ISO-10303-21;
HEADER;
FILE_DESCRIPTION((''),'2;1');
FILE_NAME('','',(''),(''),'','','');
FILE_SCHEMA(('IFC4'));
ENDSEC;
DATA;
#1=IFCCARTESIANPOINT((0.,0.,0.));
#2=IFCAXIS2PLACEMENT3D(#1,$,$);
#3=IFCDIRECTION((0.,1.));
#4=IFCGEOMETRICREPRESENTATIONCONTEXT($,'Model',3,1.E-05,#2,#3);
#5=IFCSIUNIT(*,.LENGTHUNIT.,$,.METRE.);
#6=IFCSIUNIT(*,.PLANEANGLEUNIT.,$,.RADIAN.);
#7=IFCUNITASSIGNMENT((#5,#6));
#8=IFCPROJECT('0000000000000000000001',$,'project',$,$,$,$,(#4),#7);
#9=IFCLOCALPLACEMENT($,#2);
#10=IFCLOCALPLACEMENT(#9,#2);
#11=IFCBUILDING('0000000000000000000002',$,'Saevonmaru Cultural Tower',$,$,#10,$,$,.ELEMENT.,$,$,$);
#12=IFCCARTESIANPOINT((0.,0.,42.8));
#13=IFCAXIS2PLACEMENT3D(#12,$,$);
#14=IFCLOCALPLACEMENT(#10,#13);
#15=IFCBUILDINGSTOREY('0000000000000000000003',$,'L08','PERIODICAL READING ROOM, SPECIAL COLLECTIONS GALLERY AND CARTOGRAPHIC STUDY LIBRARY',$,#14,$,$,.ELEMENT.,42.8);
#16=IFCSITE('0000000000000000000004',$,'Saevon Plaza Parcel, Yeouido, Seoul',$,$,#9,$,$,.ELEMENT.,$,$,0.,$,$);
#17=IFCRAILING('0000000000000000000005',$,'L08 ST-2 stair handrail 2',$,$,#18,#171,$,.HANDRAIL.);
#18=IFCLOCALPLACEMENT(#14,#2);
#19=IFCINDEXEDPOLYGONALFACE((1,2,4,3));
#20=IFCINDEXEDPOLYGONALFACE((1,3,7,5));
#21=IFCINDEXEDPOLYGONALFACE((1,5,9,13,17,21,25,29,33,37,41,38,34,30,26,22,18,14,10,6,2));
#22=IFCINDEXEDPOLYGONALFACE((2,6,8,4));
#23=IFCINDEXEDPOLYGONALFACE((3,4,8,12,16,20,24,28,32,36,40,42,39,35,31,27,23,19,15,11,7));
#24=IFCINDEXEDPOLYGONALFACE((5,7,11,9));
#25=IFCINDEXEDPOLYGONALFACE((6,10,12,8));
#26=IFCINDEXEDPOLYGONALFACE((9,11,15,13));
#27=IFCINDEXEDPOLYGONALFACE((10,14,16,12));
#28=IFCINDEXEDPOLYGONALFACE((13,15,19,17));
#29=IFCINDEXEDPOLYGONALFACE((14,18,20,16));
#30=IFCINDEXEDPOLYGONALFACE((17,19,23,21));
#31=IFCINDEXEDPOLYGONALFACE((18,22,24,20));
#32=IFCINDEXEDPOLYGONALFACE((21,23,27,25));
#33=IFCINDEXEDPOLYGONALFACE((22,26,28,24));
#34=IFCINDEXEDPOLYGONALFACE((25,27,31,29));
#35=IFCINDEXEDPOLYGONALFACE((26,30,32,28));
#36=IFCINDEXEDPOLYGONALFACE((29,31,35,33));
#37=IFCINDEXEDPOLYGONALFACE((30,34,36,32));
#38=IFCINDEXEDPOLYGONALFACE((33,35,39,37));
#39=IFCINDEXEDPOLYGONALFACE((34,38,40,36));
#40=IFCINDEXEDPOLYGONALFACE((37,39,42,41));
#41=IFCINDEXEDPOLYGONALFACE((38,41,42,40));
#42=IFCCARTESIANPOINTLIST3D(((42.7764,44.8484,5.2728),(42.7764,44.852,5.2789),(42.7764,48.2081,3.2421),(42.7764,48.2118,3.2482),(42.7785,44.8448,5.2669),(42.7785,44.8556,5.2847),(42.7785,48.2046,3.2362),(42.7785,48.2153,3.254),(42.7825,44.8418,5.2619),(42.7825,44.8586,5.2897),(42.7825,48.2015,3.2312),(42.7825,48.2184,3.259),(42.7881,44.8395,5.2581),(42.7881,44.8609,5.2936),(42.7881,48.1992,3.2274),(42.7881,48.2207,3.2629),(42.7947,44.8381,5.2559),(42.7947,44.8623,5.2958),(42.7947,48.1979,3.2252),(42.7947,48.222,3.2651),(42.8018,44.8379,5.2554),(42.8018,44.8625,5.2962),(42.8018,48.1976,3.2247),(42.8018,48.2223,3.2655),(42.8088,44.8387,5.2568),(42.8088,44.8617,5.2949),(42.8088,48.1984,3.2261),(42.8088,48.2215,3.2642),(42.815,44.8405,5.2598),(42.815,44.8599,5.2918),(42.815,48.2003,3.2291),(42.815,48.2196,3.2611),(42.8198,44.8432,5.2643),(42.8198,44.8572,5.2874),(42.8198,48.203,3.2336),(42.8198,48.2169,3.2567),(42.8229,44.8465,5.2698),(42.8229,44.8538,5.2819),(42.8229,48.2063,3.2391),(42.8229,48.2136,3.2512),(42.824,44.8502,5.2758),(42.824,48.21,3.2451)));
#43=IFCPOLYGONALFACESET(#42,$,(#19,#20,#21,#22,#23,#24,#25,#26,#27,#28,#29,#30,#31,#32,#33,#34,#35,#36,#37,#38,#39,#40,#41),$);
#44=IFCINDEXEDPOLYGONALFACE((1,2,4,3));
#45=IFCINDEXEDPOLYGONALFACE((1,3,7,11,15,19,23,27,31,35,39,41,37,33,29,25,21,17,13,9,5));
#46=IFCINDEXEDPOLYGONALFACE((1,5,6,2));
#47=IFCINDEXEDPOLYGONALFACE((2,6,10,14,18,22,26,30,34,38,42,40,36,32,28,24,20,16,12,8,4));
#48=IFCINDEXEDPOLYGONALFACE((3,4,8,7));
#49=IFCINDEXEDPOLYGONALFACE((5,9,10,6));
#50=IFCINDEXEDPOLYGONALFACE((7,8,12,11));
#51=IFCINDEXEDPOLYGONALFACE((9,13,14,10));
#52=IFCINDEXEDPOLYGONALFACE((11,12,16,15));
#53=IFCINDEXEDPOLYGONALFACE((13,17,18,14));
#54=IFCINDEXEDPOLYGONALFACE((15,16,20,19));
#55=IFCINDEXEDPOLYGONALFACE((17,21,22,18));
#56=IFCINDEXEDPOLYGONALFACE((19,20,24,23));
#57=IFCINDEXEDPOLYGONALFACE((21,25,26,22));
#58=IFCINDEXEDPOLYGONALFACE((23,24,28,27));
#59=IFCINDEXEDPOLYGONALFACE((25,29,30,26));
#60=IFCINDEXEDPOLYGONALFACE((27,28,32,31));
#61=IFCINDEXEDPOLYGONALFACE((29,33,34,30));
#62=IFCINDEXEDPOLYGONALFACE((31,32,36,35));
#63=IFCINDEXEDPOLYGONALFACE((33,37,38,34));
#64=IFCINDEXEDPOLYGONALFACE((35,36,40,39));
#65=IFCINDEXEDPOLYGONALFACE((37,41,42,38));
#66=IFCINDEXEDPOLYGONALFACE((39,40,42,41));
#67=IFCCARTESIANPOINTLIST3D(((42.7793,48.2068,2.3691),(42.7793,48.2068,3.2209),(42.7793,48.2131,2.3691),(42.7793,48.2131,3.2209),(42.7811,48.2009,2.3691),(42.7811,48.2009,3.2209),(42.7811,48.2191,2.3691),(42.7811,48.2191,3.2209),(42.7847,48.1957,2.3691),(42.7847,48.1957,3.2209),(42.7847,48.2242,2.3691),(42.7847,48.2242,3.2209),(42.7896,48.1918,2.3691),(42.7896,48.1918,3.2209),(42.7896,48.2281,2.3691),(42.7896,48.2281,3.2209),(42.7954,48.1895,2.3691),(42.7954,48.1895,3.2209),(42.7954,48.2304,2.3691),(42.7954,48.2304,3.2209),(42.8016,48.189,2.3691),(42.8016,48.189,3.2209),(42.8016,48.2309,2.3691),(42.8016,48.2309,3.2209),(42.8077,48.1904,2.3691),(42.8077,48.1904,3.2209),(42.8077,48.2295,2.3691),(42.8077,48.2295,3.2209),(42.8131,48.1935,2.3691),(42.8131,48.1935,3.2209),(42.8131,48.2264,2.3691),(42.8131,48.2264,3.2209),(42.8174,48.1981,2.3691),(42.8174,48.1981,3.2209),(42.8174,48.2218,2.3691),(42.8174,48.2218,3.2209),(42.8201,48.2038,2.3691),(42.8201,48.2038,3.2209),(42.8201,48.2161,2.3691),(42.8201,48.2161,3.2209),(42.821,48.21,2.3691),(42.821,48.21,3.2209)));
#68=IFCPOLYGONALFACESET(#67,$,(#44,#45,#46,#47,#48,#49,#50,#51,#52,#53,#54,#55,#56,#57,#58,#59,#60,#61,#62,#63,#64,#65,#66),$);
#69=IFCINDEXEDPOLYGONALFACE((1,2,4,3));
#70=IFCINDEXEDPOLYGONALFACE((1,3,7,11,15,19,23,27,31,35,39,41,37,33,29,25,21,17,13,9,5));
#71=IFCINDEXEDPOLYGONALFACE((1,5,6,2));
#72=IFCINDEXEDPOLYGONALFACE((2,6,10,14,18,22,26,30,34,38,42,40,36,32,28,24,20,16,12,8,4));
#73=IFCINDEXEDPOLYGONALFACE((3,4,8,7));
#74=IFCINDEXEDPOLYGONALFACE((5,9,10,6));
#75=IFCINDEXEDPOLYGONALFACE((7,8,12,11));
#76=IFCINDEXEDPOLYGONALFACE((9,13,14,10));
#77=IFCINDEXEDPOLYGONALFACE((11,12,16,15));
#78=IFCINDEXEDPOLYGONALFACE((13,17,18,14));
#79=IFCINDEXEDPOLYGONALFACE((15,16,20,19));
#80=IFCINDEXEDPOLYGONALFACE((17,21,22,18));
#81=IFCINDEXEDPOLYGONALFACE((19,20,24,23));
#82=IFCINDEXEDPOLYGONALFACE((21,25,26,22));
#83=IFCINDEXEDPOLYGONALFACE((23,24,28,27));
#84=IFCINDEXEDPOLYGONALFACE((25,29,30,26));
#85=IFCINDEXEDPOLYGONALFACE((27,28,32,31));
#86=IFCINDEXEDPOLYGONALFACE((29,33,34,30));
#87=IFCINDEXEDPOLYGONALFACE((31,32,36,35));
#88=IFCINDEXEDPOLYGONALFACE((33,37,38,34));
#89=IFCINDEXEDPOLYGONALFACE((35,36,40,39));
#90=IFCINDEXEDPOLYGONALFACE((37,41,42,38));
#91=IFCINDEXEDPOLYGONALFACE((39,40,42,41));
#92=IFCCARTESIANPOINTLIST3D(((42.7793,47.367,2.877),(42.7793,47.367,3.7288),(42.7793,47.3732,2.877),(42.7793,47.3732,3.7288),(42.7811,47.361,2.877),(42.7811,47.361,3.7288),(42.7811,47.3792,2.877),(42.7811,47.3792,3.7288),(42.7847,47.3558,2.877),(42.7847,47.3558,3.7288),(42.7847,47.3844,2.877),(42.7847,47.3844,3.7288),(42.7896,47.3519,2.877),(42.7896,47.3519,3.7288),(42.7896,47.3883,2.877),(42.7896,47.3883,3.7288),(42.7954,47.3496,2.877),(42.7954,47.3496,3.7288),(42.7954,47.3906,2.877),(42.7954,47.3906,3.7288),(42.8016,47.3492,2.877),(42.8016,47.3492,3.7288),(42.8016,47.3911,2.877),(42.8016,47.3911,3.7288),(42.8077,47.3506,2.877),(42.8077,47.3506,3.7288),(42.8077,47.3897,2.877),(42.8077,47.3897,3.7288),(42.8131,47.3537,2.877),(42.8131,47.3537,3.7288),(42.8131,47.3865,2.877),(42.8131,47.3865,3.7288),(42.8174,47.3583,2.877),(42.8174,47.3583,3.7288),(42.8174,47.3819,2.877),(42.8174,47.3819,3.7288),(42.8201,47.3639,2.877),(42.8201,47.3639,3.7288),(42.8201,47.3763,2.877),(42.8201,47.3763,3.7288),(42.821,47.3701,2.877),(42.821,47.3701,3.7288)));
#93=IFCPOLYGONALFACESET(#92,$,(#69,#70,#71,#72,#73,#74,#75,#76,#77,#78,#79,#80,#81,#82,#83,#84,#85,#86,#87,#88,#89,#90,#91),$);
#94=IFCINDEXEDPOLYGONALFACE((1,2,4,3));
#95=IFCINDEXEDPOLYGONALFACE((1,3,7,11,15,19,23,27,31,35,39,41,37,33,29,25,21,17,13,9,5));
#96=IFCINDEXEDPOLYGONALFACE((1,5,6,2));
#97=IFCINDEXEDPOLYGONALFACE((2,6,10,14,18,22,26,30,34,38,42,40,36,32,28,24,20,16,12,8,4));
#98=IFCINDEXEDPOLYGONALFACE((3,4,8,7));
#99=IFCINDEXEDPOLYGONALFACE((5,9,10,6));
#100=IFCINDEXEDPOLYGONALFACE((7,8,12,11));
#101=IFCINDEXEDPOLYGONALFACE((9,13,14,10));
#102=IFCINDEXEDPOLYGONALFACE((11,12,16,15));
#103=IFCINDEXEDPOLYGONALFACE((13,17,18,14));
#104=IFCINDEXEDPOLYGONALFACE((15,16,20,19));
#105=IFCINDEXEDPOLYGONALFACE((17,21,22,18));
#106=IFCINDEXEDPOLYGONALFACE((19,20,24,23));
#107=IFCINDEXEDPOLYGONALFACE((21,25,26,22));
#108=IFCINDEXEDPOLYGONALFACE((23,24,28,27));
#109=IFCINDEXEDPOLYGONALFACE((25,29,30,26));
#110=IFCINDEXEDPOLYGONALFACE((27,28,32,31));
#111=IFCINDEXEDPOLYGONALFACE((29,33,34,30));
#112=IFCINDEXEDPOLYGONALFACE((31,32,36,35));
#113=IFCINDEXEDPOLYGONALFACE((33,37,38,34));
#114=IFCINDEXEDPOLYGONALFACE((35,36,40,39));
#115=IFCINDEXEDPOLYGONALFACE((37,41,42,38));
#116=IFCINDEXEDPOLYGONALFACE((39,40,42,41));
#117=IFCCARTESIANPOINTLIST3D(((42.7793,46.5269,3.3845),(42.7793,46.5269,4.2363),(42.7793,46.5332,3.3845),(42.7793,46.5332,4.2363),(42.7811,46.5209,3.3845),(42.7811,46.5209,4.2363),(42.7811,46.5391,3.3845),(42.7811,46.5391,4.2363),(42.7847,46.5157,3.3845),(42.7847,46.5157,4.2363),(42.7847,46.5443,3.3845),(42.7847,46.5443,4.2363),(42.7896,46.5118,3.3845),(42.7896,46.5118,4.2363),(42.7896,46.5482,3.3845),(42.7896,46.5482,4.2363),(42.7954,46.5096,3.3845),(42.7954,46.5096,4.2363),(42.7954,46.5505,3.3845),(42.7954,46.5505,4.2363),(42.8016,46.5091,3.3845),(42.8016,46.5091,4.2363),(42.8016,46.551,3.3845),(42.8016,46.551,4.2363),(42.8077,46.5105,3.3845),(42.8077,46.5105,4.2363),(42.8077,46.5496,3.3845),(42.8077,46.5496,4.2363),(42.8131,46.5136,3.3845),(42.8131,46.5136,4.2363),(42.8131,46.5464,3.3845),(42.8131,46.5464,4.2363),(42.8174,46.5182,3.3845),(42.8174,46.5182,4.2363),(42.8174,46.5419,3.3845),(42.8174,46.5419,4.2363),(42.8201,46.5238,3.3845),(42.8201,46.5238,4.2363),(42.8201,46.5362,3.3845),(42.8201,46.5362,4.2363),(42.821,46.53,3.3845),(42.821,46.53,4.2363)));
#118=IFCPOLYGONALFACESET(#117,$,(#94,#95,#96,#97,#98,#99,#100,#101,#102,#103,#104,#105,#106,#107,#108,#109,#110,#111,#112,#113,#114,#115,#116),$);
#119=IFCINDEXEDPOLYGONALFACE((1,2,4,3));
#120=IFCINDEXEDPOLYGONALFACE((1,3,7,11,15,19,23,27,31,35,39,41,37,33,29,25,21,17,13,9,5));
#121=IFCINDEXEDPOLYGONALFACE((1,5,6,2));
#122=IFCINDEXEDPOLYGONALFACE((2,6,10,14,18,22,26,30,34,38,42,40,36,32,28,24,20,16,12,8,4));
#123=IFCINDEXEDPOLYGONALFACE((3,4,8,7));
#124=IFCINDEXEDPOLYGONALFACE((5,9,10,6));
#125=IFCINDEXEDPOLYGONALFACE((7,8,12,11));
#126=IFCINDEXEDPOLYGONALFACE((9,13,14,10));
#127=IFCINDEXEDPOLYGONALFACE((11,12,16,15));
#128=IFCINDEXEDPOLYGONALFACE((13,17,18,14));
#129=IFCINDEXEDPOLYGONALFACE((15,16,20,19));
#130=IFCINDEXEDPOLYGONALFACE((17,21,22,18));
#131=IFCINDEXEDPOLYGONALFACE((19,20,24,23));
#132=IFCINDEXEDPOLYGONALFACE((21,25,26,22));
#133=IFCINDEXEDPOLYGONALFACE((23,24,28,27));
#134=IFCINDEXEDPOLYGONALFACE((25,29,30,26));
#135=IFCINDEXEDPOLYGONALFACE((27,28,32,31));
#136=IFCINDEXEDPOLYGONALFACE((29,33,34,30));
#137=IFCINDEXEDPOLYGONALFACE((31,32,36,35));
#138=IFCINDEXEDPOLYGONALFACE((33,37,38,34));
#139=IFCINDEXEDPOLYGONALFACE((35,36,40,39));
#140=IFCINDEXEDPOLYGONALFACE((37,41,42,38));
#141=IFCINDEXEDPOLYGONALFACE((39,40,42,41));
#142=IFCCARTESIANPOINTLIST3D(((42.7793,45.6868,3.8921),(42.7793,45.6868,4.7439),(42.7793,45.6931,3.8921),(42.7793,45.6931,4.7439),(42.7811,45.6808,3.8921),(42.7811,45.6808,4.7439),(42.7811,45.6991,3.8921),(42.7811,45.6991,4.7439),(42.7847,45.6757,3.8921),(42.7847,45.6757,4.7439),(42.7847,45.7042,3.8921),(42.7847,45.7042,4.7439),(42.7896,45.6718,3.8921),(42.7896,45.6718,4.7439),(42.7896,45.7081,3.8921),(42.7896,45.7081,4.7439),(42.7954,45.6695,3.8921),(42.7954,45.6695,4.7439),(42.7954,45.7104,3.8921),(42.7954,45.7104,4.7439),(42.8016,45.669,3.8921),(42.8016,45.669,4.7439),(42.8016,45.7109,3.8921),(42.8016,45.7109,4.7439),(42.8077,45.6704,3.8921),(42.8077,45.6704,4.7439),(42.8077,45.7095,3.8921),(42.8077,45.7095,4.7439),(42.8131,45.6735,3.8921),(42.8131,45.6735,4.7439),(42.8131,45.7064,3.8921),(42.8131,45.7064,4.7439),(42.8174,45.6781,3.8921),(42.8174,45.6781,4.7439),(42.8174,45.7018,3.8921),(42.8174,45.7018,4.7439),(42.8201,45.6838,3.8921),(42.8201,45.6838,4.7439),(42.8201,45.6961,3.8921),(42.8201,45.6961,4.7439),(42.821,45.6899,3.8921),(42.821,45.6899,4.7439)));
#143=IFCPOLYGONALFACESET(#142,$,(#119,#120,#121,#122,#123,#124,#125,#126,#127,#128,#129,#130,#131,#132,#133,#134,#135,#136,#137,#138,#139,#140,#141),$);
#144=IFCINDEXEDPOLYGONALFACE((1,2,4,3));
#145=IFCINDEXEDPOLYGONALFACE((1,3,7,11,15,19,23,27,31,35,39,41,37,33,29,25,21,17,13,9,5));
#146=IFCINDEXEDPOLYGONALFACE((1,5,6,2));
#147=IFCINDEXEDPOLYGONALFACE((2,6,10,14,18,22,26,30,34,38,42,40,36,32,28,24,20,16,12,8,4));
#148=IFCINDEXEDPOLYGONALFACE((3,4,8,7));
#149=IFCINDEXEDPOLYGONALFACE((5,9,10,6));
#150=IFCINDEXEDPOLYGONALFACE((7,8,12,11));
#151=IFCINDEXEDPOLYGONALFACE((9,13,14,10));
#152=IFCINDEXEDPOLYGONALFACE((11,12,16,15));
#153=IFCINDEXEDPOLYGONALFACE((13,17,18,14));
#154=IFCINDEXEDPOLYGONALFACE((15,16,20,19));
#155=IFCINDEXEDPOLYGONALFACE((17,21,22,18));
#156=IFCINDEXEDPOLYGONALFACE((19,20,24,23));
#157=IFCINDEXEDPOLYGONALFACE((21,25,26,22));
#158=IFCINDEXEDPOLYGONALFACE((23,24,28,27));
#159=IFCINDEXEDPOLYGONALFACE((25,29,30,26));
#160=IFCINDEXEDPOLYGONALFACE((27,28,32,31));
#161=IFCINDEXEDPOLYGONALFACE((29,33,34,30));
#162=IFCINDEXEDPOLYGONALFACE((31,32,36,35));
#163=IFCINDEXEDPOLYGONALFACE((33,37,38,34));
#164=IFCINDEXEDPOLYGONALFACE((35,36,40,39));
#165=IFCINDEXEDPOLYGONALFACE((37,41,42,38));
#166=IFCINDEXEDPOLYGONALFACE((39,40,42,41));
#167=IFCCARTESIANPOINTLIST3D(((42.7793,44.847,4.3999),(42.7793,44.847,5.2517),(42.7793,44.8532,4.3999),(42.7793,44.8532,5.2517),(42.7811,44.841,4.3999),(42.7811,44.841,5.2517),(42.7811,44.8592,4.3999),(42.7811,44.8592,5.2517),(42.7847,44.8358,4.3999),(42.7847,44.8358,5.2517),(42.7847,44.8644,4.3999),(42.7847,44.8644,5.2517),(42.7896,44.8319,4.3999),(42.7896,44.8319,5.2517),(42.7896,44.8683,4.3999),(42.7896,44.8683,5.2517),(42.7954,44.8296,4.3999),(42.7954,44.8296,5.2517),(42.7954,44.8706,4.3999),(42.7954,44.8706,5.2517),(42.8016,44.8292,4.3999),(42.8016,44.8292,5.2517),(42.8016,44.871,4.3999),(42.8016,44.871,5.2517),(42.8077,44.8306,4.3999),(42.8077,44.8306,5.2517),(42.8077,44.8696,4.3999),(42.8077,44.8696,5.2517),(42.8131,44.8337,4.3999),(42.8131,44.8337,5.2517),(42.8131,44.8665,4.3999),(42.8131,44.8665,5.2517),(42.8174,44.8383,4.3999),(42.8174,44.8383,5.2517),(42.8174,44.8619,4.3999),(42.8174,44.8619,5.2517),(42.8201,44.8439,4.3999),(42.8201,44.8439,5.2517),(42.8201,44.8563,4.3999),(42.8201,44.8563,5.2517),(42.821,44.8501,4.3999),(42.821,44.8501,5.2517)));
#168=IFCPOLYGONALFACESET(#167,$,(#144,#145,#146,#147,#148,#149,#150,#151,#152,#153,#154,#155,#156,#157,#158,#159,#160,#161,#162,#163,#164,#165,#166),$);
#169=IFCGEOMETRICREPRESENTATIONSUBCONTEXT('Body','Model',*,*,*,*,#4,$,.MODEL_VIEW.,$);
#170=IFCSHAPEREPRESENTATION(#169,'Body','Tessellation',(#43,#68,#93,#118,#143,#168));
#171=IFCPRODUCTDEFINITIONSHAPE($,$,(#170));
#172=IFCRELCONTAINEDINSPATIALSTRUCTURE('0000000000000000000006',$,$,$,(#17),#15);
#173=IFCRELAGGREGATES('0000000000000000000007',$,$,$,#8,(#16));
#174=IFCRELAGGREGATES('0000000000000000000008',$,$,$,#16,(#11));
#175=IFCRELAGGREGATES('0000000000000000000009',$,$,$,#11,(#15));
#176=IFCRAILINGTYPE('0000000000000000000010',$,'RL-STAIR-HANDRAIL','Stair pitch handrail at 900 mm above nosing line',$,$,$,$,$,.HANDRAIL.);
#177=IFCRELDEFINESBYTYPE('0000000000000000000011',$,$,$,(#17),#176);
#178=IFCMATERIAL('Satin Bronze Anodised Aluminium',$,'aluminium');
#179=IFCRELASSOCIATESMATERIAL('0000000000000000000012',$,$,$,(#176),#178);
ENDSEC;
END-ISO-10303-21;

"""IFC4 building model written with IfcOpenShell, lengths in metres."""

from ifc_helpers import new_model, si_unit, direction, frame, origin, origin_2d, place, context, subcontext, project, spatial, circle, extrude, material, type_object, element, save


model = new_model("IFC4")

# Units and contexts
model_context = context("Model", 3, precision=1e-05, world=origin(), true_north=direction((0.0, 1.0)))
body_context = subcontext(model_context, "Body", "Model", "MODEL_VIEW")
ifc_project = project(units=[si_unit("LENGTHUNIT", "METRE"), si_unit("PLANEANGLEUNIT", "RADIAN")], contexts=[model_context])

# Site, building, storey
site_placement = place(None, origin())
site = spatial("IfcSite", under=ifc_project, at=site_placement, Name="Saevon Plaza Parcel, Yeouido, Seoul", CompositionType="ELEMENT", RefElevation=0.0)
building_placement = place(site_placement, origin())
building = spatial("IfcBuilding", under=site, at=building_placement, Name="Saevonmaru Cultural Tower", CompositionType="ELEMENT")
storey_placement = place(building_placement, frame((0.0, 0.0, 42.8)))
storey = spatial("IfcBuildingStorey", under=building, at=storey_placement, Name="L08", Description="PERIODICAL READING ROOM, SPECIAL COLLECTIONS GALLERY AND CARTOGRAPHIC STUDY LIBRARY", CompositionType="ELEMENT", Elevation=42.8)

# Shared definitions
ifc_material_1 = material(Name="Satin Bronze Anodised Aluminium", Category="aluminium")

# Railing
railing_type_1 = type_object("IfcRailingType", Name="RL-STAIR-HANDRAIL", Description="Stair pitch handrail at 900 mm above nosing line", PredefinedType="HANDRAIL", material=ifc_material_1)
railing_1_placement = place(storey_placement, frame((42.8, 48.21, 2.3691)))
element("IfcRailing", 1, at=railing_1_placement, inside=storey, type_object=railing_type_1, Name="L08 ST-2 stair handrail 2", PredefinedType="HANDRAIL", context=body_context, shape_type="SweptSolid", body=[
    extrude(circle(Radius=0.0239, at=origin_2d()), frame((0.0, 0.0, 0.876), z_axis=(0.0, -0.85582, 0.517273), x_axis=(1.0, 0.0, 0.0)), (0.0, 0.0, 1.0), 3.9258),
    extrude(circle(Radius=0.021, at=origin_2d()), origin(), (0.0, 0.0, 1.0), 0.8518),
    extrude(circle(Radius=0.021, at=origin_2d()), frame((0.0, -0.8398, 0.5078)), (0.0, 0.0, 1.0), 0.8518),
    extrude(circle(Radius=0.021, at=origin_2d()), frame((0.0, -1.6799, 1.0154)), (0.0, 0.0, 1.0), 0.8518),
    extrude(circle(Radius=0.021, at=origin_2d()), frame((0.0, -2.52, 1.5229)), (0.0, 0.0, 1.0), 0.8518),
    extrude(circle(Radius=0.021, at=origin_2d()), frame((0.0, -3.3599, 2.0308)), (0.0, 0.0, 1.0), 0.8518),
])

save(model, "model.ifc")
